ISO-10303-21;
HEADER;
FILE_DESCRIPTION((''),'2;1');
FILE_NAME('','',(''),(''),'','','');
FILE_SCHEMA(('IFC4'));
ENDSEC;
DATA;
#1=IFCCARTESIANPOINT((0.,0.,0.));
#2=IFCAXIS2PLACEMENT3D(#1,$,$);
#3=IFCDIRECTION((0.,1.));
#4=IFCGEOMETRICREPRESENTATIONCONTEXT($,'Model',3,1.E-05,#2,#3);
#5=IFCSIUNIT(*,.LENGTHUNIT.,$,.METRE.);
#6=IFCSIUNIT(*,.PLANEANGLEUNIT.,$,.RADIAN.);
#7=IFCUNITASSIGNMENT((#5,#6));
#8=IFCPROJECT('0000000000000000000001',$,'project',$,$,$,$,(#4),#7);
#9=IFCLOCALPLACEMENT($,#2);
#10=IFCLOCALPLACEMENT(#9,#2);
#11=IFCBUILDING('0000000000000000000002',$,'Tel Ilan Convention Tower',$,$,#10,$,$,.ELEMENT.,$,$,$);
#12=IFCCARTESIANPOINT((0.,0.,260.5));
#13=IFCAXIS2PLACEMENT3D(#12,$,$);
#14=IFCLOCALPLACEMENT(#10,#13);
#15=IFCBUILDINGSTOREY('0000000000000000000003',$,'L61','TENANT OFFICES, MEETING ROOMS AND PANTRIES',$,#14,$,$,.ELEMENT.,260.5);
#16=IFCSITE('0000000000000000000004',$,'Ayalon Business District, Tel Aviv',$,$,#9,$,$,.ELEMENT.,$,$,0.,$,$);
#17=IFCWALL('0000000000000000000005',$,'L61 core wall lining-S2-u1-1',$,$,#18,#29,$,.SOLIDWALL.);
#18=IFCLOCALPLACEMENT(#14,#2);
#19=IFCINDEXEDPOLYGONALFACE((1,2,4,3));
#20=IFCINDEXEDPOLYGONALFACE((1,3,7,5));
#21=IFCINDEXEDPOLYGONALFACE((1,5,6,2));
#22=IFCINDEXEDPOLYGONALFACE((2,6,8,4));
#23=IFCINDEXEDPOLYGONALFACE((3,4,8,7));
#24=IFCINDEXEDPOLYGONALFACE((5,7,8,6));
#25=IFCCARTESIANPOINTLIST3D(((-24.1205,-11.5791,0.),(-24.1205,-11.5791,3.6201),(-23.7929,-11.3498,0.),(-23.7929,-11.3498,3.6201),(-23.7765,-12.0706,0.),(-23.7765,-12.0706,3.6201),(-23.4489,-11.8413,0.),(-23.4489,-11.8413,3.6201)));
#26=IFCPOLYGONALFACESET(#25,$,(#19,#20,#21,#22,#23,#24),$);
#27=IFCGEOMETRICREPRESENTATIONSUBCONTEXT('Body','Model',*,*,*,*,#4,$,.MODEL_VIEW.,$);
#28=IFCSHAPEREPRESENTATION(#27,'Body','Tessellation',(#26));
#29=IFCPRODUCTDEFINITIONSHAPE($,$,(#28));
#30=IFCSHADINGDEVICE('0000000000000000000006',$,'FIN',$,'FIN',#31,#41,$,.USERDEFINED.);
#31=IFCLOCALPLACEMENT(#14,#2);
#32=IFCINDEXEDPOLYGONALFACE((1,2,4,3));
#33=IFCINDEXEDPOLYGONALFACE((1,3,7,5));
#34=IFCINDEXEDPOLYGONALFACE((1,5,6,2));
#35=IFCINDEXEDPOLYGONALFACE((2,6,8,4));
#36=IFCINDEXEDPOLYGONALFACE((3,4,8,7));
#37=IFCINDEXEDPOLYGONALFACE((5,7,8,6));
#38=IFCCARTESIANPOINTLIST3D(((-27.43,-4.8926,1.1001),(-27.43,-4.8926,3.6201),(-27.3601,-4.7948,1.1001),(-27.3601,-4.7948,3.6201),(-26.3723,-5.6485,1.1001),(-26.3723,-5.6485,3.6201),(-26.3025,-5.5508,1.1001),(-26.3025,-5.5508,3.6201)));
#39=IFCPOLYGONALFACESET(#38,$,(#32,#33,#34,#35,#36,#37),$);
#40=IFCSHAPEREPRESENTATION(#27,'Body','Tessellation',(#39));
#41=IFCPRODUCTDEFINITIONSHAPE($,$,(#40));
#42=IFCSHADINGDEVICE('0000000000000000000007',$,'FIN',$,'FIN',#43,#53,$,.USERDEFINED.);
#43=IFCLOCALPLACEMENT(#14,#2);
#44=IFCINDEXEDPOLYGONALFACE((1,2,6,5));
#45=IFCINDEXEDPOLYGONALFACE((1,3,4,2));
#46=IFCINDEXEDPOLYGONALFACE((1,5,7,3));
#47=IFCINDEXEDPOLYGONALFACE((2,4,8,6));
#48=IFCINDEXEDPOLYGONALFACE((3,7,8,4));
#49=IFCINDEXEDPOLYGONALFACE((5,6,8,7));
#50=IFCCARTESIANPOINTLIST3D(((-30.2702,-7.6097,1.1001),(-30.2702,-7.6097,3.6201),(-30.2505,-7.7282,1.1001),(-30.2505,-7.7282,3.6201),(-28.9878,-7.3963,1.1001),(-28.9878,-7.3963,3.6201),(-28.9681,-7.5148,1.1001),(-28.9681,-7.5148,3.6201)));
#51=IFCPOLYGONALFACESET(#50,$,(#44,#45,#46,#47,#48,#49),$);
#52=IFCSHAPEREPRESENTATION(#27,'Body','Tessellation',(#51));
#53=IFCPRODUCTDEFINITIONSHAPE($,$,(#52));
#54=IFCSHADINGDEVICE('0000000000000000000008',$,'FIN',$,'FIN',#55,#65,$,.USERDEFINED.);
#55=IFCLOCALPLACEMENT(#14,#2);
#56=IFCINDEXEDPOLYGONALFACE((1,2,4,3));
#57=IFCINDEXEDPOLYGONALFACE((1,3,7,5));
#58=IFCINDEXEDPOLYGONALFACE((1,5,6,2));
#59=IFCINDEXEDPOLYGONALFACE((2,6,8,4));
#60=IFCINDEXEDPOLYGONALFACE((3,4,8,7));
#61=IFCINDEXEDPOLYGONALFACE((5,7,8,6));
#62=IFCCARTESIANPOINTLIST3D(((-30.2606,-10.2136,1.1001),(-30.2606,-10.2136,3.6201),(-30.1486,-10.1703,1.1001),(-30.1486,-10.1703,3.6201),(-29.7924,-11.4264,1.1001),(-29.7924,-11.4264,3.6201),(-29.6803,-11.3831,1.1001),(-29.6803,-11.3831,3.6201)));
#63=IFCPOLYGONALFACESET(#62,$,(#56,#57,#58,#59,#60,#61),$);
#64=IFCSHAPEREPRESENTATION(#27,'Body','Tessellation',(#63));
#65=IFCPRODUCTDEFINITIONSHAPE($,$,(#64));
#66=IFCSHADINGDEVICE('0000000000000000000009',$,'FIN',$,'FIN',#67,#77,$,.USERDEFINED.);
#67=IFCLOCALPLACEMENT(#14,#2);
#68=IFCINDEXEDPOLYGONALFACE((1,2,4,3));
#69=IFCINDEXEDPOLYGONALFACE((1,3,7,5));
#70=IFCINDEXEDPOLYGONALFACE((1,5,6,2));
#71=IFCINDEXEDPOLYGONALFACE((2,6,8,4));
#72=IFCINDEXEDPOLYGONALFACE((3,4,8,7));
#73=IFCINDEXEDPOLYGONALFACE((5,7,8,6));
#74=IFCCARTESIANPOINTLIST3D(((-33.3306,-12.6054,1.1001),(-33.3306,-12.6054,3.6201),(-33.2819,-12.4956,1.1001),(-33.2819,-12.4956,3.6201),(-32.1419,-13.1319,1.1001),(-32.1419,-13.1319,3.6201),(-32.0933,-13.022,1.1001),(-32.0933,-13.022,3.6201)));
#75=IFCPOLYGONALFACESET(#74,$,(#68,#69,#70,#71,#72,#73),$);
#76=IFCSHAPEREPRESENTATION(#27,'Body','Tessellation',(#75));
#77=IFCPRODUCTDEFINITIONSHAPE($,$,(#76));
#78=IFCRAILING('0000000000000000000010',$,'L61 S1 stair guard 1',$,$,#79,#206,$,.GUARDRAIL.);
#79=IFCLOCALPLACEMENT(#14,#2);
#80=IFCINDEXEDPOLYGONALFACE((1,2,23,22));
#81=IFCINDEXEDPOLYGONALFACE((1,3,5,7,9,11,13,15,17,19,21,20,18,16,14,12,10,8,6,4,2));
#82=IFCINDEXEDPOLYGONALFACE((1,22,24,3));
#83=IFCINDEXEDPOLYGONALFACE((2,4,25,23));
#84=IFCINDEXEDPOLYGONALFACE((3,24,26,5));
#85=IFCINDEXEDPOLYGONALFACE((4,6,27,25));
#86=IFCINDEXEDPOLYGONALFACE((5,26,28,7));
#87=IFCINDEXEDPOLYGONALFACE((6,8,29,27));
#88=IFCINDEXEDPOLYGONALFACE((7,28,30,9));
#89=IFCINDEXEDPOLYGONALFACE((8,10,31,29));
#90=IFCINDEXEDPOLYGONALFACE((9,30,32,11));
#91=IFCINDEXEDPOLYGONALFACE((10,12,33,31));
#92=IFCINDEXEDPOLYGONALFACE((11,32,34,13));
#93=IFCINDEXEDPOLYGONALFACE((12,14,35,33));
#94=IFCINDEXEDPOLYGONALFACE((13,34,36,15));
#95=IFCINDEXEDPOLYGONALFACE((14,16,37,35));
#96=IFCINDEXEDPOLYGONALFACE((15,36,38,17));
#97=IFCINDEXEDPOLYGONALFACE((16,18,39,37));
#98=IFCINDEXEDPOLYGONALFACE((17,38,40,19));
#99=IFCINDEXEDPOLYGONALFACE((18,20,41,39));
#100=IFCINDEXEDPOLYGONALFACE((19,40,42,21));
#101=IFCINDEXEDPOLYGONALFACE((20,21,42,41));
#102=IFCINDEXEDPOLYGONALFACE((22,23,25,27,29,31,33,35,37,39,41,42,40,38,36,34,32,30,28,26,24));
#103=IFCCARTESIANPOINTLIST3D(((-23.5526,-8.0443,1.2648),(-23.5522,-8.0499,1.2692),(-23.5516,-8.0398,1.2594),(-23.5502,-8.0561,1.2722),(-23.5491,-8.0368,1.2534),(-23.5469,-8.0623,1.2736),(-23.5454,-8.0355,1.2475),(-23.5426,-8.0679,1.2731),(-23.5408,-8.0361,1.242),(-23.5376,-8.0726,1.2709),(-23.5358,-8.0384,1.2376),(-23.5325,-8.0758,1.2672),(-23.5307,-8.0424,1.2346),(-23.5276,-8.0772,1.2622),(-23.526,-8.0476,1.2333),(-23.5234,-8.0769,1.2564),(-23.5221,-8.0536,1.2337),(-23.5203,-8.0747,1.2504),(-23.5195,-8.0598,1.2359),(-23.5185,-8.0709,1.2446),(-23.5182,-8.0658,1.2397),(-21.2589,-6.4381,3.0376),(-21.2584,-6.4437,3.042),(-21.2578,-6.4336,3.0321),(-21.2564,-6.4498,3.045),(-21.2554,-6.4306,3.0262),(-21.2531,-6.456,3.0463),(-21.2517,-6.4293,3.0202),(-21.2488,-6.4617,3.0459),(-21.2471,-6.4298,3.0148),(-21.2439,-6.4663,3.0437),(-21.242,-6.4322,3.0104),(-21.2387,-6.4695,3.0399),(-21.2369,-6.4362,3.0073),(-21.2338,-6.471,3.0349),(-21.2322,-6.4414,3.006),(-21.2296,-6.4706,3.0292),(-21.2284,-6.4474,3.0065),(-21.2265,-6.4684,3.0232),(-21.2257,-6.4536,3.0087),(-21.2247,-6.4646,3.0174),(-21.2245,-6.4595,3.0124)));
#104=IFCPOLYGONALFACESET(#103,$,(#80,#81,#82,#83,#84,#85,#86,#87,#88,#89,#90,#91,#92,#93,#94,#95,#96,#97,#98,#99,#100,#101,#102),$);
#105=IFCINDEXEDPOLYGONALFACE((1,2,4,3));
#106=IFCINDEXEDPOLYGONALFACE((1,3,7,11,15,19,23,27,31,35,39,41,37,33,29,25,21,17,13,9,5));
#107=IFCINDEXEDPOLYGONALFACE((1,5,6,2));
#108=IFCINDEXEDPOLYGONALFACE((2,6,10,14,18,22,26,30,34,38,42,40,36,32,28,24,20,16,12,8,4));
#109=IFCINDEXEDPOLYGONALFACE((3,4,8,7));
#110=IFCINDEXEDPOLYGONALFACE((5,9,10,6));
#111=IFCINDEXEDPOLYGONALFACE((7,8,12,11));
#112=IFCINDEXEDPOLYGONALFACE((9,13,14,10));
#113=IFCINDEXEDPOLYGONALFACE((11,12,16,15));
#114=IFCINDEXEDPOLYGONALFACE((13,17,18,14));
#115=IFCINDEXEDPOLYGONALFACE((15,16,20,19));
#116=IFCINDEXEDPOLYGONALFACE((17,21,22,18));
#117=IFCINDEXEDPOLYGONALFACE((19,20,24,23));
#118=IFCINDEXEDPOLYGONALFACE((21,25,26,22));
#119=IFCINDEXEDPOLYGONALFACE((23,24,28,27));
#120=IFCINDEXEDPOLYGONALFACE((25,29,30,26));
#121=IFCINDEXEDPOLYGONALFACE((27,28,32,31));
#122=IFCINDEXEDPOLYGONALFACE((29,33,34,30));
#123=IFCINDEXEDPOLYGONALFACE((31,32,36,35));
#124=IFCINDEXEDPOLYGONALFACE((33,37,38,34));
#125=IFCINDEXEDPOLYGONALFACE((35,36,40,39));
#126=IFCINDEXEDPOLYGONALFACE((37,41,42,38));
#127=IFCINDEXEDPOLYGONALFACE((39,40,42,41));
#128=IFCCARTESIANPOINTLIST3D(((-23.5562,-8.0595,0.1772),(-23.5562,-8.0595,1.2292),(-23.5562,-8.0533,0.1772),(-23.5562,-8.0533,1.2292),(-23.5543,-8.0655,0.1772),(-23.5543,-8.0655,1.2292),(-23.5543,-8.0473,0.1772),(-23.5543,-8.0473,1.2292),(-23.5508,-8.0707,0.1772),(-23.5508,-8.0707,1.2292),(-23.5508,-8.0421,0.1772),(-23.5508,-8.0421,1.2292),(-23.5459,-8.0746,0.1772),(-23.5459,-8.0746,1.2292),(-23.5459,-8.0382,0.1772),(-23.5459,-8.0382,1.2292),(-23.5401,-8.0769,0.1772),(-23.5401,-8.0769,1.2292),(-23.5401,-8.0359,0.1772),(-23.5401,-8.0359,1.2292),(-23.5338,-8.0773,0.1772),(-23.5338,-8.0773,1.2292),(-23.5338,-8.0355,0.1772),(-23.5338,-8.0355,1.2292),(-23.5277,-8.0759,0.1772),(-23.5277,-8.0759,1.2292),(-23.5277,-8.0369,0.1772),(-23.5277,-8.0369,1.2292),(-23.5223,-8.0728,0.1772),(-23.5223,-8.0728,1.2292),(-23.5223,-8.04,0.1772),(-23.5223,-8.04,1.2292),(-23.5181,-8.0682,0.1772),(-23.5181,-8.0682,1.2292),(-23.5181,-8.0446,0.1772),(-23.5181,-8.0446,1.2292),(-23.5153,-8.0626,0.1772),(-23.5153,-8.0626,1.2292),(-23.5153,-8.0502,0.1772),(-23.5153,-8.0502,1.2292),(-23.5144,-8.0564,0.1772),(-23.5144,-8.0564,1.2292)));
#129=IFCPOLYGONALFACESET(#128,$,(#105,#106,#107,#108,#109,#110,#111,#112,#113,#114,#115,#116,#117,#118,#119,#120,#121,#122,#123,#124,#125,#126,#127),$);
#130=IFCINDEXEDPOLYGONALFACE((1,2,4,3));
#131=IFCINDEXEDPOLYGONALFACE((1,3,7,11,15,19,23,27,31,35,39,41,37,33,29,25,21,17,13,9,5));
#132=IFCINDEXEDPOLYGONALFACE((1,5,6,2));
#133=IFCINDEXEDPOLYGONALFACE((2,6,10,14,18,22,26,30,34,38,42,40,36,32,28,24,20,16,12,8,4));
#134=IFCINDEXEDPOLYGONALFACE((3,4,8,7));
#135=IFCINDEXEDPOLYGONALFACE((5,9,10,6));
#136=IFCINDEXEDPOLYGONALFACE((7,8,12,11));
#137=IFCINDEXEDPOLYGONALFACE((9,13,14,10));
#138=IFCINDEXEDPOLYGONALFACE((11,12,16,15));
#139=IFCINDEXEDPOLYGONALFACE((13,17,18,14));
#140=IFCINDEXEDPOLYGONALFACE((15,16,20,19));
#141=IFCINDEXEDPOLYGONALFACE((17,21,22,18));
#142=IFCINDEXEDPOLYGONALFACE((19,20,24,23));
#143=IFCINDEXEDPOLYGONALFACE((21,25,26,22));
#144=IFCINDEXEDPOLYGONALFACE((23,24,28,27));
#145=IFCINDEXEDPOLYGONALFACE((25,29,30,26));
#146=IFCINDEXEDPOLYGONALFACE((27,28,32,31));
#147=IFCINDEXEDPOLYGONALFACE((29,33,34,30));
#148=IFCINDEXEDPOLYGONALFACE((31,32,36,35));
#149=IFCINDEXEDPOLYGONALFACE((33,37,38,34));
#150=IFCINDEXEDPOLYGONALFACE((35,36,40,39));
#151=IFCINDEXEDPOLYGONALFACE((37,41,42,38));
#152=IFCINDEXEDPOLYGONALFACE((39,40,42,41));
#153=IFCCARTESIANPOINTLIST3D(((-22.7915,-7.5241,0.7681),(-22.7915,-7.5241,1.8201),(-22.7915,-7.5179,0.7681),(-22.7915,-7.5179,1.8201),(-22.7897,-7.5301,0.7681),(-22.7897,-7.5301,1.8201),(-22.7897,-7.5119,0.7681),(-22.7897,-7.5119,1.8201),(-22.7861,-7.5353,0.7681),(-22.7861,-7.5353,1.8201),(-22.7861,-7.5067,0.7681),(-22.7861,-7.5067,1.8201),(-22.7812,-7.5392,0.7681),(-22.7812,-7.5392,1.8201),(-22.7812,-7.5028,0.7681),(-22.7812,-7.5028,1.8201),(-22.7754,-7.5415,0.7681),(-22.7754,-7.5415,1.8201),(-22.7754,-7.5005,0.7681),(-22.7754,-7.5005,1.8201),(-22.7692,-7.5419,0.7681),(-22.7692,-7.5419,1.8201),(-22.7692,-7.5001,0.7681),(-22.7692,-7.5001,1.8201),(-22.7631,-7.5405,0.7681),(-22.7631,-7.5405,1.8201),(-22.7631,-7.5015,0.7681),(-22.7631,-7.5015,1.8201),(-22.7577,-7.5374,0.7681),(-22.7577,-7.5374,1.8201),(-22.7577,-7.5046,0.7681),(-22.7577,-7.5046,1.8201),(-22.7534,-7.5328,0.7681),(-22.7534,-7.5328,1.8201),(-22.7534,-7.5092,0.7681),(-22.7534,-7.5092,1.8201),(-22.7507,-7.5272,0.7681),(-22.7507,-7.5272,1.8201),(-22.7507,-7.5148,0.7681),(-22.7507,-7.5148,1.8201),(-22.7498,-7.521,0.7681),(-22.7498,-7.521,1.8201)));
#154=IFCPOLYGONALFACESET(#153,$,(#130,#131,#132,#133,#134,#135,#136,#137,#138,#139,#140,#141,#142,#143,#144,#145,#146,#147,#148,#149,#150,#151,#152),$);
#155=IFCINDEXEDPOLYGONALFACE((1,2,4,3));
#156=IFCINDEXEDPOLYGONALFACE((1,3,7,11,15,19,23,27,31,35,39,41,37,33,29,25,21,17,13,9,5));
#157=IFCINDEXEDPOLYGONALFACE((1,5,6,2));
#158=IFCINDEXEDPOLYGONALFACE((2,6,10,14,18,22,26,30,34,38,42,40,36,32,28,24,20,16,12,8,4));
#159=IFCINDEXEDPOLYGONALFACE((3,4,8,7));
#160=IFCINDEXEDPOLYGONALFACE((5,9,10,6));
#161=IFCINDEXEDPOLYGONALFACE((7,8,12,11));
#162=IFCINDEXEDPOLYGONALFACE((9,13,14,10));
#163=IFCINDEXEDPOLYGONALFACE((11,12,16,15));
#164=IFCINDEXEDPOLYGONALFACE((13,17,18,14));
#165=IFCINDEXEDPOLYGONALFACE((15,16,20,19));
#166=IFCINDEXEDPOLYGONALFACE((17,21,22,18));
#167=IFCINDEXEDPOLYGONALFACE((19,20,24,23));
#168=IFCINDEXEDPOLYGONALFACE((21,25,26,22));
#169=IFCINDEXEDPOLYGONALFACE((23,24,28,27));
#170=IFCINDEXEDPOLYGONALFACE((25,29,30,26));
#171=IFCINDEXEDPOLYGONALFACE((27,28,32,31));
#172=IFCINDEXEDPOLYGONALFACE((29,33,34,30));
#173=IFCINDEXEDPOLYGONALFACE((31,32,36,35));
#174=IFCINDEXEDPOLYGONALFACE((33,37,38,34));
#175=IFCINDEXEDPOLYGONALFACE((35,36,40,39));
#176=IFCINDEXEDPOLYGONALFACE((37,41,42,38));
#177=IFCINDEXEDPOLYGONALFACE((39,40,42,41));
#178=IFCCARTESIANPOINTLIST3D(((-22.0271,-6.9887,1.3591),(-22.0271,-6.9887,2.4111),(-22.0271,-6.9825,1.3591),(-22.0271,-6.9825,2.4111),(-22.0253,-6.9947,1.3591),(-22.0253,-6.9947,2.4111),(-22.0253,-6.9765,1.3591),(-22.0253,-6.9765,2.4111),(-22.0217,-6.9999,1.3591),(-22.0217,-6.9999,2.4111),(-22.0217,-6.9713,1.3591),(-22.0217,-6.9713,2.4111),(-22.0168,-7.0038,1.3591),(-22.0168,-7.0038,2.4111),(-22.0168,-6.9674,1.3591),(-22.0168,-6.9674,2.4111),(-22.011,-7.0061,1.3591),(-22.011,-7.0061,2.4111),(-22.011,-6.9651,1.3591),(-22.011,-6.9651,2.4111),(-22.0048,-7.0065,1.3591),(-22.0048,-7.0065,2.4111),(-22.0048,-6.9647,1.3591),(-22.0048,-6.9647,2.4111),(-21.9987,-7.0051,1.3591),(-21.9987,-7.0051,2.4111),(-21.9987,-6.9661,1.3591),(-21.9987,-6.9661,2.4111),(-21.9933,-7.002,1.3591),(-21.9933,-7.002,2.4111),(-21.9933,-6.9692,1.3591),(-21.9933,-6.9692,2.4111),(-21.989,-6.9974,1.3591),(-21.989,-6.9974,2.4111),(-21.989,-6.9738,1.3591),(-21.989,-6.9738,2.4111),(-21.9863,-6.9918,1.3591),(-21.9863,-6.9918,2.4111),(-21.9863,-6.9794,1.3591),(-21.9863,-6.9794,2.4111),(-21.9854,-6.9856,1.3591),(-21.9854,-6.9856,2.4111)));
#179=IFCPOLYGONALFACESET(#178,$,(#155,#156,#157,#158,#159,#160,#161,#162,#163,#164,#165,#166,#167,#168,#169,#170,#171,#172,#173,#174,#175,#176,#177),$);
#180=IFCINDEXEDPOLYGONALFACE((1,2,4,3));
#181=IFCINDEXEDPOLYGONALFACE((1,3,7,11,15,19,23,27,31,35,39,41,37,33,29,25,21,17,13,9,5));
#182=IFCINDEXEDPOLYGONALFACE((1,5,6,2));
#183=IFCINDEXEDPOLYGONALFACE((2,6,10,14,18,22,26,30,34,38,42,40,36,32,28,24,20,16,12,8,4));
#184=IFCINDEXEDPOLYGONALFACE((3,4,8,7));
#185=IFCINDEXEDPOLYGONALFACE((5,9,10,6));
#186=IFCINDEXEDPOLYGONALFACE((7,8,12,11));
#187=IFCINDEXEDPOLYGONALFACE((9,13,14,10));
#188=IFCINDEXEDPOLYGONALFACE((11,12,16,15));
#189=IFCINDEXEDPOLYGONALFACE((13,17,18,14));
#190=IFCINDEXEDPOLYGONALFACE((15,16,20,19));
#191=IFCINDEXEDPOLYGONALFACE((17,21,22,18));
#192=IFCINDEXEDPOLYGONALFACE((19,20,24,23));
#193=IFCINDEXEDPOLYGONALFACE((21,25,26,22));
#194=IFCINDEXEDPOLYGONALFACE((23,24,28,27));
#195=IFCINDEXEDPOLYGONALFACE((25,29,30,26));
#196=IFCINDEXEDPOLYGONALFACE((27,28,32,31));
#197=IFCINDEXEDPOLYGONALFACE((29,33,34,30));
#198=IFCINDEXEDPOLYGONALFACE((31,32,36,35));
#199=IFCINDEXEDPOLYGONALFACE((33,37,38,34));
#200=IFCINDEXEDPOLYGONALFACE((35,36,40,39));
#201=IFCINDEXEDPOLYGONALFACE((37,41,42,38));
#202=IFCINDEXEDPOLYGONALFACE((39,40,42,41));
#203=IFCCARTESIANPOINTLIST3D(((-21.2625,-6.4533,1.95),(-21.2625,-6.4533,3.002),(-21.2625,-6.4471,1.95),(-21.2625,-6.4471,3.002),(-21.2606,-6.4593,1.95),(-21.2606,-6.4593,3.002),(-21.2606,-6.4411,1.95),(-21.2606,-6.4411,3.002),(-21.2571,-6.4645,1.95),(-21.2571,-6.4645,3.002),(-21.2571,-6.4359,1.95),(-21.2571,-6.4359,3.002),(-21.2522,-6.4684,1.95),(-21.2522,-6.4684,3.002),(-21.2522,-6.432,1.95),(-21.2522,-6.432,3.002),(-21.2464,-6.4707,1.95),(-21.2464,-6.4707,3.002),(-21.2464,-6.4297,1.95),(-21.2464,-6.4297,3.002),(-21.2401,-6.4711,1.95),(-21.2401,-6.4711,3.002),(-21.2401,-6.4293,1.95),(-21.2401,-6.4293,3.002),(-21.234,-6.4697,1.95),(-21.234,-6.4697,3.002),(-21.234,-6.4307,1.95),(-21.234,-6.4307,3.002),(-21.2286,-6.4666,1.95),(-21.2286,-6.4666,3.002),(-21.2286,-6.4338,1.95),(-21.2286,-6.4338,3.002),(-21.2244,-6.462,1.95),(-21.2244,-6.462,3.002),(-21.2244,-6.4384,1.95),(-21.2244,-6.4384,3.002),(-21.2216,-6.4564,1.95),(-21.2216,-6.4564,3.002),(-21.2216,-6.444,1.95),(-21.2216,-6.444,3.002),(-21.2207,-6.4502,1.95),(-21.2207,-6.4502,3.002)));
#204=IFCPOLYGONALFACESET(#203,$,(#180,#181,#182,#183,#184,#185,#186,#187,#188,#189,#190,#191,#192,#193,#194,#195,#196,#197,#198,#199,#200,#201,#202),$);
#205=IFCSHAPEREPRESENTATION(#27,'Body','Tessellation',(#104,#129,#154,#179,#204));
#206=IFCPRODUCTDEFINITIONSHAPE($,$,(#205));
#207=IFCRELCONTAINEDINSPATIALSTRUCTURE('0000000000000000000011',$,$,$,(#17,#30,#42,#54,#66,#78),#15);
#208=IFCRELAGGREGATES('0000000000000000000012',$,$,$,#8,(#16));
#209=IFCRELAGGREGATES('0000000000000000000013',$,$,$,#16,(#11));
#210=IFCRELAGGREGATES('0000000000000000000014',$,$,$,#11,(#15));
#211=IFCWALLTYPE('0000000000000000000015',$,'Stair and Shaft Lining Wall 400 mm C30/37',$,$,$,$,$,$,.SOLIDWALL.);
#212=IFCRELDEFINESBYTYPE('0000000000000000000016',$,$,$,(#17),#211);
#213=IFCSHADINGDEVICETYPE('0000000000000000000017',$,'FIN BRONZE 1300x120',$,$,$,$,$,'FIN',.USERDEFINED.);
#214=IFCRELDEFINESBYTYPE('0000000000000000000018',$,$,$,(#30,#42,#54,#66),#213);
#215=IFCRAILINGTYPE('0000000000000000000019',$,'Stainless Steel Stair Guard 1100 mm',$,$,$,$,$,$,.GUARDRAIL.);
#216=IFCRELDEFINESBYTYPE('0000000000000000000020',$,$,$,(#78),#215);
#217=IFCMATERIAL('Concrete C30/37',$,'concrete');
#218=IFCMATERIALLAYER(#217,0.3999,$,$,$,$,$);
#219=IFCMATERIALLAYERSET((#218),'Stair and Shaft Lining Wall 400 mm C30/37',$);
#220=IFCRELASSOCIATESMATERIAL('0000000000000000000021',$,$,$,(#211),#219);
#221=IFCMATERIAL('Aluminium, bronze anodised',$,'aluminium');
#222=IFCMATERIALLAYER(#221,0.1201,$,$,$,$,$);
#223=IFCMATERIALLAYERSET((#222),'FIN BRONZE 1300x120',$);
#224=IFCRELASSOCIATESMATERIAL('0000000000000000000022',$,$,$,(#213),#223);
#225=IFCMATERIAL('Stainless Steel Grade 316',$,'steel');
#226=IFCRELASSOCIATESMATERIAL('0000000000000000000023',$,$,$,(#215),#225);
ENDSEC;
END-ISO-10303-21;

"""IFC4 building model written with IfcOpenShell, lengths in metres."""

from ifc_helpers import new_model, si_unit, direction, frame, frame_2d, origin, origin_2d, place, context, subcontext, project, spatial, rectangle, circle, extrude, material, layer, layer_set, type_object, element, save


model = new_model("IFC4")

# Units and contexts
model_context = context("Model", 3, precision=1e-05, world=origin(), true_north=direction((0.0, 1.0)))
body_context = subcontext(model_context, "Body", "Model", "MODEL_VIEW")
ifc_project = project(units=[si_unit("LENGTHUNIT", "METRE"), si_unit("PLANEANGLEUNIT", "RADIAN")], contexts=[model_context])

# Site, building, storey
site_placement = place(None, origin())
site = spatial("IfcSite", under=ifc_project, at=site_placement, Name="Ayalon Business District, Tel Aviv", CompositionType="ELEMENT", RefElevation=0.0)
building_placement = place(site_placement, origin())
building = spatial("IfcBuilding", under=site, at=building_placement, Name="Tel Ilan Convention Tower", CompositionType="ELEMENT")
storey_placement = place(building_placement, frame((0.0, 0.0, 260.5)))
storey = spatial("IfcBuildingStorey", under=building, at=storey_placement, Name="L61", Description="TENANT OFFICES, MEETING ROOMS AND PANTRIES", CompositionType="ELEMENT", Elevation=260.5)

# Wall
ifc_material_1 = material(Name="Concrete C30/37", Category="concrete")
ifc_layer_1 = layer(ifc_material_1, 0.3999)
ifc_layer_set_1 = layer_set([ifc_layer_1], Name="Stair and Shaft Lining Wall 400 mm C30/37")
wall_type = type_object("IfcWallType", Name="Stair and Shaft Lining Wall 400 mm C30/37", PredefinedType="SOLIDWALL", material=ifc_layer_set_1)
wall_1_placement = place(storey_placement, frame((-23.6128, -11.9558, 0.0), z_axis=(0.0, 0.0, 1.0), x_axis=(-0.573435, 0.819251, 0.0)))
element("IfcWall", 1, at=wall_1_placement, inside=storey, type_object=wall_type, Name="L61 core wall lining-S2-u1-1", PredefinedType="SOLIDWALL", context=body_context, shape_type="SweptSolid", body=[
    extrude(rectangle(XDim=0.5999, YDim=0.3999, at=frame_2d((0.2998, 0.0))), origin(), (0.0, 0.0, 1.0), 3.6201),
])

# Shading devices
ifc_material_2 = material(Name="Aluminium, bronze anodised", Category="aluminium")
ifc_layer_2 = layer(ifc_material_2, 0.1201)
ifc_layer_set_2 = layer_set([ifc_layer_2], Name="FIN BRONZE 1300x120")
shading_device_type = type_object("IfcShadingDeviceType", Name="FIN BRONZE 1300x120", ElementType="FIN", PredefinedType="USERDEFINED", material=ifc_layer_set_2)
for number, where, z_axis, x_axis, name in (
    (2, (-26.8662, -5.2217, 1.1001), (0.0, 0.0, 1.0), (-0.813552, 0.581492, 0.0), "FIN"),
    (3, (-29.6191, -7.5623, 1.1001), (0.0, 0.0, 1.0), (-0.986445, -0.164091, 0.0), "FIN"),
    (4, (-29.9705, -10.7983, 1.1001), (0.0, 0.0, 1.0), (-0.360178, 0.932884, 0.0), "FIN"),
    (5, (-32.7119, -12.8137, 1.1001), (0.0, 0.0, 1.0), (-0.914333, 0.404964, 0.0), "FIN"),
):
    element("IfcShadingDevice", number, at=place(storey_placement, frame(where, z_axis=z_axis, x_axis=x_axis)), inside=storey, type_object=shading_device_type, Name=name, ObjectType="FIN", PredefinedType="USERDEFINED", context=body_context, shape_type="SweptSolid", body=[
        extrude(rectangle(XDim=1.3, YDim=0.1201, at=origin_2d()), origin(), (0.0, 0.0, 1.0), 2.52),
    ])

# Railing
ifc_material_3 = material(Name="Stainless Steel Grade 316", Category="steel")
railing_type = type_object("IfcRailingType", Name="Stainless Steel Stair Guard 1100 mm", PredefinedType="GUARDRAIL", material=ifc_material_3)
railing_1_placement = place(storey_placement, frame((-23.5354, -8.0564, 0.1772)))
element("IfcRailing", 6, at=railing_1_placement, inside=storey, type_object=railing_type, Name="L61 S1 stair guard 1", PredefinedType="GUARDRAIL", context=body_context, shape_type="SweptSolid", body=[
    extrude(circle(Radius=0.0239, at=origin_2d()), frame((0.0, 0.0, 1.0762), z_axis=(0.692098, 0.484653, 0.534894), x_axis=(-0.573609, 0.81913, 0.0)), (0.0, 0.0, 1.0), 3.3142),
    extrude(circle(Radius=0.021, at=origin_2d()), origin(), (0.0, 0.0, 1.0), 1.052),
    extrude(circle(Radius=0.021, at=origin_2d()), frame((0.7646, 0.5354, 0.5908)), (0.0, 0.0, 1.0), 1.052),
    extrude(circle(Radius=0.021, at=origin_2d()), frame((1.5291, 1.0708, 1.1819)), (0.0, 0.0, 1.0), 1.052),
    extrude(circle(Radius=0.021, at=origin_2d()), frame((2.2937, 1.6062, 1.7727)), (0.0, 0.0, 1.0), 1.052),
])

save(model, "model.ifc")
